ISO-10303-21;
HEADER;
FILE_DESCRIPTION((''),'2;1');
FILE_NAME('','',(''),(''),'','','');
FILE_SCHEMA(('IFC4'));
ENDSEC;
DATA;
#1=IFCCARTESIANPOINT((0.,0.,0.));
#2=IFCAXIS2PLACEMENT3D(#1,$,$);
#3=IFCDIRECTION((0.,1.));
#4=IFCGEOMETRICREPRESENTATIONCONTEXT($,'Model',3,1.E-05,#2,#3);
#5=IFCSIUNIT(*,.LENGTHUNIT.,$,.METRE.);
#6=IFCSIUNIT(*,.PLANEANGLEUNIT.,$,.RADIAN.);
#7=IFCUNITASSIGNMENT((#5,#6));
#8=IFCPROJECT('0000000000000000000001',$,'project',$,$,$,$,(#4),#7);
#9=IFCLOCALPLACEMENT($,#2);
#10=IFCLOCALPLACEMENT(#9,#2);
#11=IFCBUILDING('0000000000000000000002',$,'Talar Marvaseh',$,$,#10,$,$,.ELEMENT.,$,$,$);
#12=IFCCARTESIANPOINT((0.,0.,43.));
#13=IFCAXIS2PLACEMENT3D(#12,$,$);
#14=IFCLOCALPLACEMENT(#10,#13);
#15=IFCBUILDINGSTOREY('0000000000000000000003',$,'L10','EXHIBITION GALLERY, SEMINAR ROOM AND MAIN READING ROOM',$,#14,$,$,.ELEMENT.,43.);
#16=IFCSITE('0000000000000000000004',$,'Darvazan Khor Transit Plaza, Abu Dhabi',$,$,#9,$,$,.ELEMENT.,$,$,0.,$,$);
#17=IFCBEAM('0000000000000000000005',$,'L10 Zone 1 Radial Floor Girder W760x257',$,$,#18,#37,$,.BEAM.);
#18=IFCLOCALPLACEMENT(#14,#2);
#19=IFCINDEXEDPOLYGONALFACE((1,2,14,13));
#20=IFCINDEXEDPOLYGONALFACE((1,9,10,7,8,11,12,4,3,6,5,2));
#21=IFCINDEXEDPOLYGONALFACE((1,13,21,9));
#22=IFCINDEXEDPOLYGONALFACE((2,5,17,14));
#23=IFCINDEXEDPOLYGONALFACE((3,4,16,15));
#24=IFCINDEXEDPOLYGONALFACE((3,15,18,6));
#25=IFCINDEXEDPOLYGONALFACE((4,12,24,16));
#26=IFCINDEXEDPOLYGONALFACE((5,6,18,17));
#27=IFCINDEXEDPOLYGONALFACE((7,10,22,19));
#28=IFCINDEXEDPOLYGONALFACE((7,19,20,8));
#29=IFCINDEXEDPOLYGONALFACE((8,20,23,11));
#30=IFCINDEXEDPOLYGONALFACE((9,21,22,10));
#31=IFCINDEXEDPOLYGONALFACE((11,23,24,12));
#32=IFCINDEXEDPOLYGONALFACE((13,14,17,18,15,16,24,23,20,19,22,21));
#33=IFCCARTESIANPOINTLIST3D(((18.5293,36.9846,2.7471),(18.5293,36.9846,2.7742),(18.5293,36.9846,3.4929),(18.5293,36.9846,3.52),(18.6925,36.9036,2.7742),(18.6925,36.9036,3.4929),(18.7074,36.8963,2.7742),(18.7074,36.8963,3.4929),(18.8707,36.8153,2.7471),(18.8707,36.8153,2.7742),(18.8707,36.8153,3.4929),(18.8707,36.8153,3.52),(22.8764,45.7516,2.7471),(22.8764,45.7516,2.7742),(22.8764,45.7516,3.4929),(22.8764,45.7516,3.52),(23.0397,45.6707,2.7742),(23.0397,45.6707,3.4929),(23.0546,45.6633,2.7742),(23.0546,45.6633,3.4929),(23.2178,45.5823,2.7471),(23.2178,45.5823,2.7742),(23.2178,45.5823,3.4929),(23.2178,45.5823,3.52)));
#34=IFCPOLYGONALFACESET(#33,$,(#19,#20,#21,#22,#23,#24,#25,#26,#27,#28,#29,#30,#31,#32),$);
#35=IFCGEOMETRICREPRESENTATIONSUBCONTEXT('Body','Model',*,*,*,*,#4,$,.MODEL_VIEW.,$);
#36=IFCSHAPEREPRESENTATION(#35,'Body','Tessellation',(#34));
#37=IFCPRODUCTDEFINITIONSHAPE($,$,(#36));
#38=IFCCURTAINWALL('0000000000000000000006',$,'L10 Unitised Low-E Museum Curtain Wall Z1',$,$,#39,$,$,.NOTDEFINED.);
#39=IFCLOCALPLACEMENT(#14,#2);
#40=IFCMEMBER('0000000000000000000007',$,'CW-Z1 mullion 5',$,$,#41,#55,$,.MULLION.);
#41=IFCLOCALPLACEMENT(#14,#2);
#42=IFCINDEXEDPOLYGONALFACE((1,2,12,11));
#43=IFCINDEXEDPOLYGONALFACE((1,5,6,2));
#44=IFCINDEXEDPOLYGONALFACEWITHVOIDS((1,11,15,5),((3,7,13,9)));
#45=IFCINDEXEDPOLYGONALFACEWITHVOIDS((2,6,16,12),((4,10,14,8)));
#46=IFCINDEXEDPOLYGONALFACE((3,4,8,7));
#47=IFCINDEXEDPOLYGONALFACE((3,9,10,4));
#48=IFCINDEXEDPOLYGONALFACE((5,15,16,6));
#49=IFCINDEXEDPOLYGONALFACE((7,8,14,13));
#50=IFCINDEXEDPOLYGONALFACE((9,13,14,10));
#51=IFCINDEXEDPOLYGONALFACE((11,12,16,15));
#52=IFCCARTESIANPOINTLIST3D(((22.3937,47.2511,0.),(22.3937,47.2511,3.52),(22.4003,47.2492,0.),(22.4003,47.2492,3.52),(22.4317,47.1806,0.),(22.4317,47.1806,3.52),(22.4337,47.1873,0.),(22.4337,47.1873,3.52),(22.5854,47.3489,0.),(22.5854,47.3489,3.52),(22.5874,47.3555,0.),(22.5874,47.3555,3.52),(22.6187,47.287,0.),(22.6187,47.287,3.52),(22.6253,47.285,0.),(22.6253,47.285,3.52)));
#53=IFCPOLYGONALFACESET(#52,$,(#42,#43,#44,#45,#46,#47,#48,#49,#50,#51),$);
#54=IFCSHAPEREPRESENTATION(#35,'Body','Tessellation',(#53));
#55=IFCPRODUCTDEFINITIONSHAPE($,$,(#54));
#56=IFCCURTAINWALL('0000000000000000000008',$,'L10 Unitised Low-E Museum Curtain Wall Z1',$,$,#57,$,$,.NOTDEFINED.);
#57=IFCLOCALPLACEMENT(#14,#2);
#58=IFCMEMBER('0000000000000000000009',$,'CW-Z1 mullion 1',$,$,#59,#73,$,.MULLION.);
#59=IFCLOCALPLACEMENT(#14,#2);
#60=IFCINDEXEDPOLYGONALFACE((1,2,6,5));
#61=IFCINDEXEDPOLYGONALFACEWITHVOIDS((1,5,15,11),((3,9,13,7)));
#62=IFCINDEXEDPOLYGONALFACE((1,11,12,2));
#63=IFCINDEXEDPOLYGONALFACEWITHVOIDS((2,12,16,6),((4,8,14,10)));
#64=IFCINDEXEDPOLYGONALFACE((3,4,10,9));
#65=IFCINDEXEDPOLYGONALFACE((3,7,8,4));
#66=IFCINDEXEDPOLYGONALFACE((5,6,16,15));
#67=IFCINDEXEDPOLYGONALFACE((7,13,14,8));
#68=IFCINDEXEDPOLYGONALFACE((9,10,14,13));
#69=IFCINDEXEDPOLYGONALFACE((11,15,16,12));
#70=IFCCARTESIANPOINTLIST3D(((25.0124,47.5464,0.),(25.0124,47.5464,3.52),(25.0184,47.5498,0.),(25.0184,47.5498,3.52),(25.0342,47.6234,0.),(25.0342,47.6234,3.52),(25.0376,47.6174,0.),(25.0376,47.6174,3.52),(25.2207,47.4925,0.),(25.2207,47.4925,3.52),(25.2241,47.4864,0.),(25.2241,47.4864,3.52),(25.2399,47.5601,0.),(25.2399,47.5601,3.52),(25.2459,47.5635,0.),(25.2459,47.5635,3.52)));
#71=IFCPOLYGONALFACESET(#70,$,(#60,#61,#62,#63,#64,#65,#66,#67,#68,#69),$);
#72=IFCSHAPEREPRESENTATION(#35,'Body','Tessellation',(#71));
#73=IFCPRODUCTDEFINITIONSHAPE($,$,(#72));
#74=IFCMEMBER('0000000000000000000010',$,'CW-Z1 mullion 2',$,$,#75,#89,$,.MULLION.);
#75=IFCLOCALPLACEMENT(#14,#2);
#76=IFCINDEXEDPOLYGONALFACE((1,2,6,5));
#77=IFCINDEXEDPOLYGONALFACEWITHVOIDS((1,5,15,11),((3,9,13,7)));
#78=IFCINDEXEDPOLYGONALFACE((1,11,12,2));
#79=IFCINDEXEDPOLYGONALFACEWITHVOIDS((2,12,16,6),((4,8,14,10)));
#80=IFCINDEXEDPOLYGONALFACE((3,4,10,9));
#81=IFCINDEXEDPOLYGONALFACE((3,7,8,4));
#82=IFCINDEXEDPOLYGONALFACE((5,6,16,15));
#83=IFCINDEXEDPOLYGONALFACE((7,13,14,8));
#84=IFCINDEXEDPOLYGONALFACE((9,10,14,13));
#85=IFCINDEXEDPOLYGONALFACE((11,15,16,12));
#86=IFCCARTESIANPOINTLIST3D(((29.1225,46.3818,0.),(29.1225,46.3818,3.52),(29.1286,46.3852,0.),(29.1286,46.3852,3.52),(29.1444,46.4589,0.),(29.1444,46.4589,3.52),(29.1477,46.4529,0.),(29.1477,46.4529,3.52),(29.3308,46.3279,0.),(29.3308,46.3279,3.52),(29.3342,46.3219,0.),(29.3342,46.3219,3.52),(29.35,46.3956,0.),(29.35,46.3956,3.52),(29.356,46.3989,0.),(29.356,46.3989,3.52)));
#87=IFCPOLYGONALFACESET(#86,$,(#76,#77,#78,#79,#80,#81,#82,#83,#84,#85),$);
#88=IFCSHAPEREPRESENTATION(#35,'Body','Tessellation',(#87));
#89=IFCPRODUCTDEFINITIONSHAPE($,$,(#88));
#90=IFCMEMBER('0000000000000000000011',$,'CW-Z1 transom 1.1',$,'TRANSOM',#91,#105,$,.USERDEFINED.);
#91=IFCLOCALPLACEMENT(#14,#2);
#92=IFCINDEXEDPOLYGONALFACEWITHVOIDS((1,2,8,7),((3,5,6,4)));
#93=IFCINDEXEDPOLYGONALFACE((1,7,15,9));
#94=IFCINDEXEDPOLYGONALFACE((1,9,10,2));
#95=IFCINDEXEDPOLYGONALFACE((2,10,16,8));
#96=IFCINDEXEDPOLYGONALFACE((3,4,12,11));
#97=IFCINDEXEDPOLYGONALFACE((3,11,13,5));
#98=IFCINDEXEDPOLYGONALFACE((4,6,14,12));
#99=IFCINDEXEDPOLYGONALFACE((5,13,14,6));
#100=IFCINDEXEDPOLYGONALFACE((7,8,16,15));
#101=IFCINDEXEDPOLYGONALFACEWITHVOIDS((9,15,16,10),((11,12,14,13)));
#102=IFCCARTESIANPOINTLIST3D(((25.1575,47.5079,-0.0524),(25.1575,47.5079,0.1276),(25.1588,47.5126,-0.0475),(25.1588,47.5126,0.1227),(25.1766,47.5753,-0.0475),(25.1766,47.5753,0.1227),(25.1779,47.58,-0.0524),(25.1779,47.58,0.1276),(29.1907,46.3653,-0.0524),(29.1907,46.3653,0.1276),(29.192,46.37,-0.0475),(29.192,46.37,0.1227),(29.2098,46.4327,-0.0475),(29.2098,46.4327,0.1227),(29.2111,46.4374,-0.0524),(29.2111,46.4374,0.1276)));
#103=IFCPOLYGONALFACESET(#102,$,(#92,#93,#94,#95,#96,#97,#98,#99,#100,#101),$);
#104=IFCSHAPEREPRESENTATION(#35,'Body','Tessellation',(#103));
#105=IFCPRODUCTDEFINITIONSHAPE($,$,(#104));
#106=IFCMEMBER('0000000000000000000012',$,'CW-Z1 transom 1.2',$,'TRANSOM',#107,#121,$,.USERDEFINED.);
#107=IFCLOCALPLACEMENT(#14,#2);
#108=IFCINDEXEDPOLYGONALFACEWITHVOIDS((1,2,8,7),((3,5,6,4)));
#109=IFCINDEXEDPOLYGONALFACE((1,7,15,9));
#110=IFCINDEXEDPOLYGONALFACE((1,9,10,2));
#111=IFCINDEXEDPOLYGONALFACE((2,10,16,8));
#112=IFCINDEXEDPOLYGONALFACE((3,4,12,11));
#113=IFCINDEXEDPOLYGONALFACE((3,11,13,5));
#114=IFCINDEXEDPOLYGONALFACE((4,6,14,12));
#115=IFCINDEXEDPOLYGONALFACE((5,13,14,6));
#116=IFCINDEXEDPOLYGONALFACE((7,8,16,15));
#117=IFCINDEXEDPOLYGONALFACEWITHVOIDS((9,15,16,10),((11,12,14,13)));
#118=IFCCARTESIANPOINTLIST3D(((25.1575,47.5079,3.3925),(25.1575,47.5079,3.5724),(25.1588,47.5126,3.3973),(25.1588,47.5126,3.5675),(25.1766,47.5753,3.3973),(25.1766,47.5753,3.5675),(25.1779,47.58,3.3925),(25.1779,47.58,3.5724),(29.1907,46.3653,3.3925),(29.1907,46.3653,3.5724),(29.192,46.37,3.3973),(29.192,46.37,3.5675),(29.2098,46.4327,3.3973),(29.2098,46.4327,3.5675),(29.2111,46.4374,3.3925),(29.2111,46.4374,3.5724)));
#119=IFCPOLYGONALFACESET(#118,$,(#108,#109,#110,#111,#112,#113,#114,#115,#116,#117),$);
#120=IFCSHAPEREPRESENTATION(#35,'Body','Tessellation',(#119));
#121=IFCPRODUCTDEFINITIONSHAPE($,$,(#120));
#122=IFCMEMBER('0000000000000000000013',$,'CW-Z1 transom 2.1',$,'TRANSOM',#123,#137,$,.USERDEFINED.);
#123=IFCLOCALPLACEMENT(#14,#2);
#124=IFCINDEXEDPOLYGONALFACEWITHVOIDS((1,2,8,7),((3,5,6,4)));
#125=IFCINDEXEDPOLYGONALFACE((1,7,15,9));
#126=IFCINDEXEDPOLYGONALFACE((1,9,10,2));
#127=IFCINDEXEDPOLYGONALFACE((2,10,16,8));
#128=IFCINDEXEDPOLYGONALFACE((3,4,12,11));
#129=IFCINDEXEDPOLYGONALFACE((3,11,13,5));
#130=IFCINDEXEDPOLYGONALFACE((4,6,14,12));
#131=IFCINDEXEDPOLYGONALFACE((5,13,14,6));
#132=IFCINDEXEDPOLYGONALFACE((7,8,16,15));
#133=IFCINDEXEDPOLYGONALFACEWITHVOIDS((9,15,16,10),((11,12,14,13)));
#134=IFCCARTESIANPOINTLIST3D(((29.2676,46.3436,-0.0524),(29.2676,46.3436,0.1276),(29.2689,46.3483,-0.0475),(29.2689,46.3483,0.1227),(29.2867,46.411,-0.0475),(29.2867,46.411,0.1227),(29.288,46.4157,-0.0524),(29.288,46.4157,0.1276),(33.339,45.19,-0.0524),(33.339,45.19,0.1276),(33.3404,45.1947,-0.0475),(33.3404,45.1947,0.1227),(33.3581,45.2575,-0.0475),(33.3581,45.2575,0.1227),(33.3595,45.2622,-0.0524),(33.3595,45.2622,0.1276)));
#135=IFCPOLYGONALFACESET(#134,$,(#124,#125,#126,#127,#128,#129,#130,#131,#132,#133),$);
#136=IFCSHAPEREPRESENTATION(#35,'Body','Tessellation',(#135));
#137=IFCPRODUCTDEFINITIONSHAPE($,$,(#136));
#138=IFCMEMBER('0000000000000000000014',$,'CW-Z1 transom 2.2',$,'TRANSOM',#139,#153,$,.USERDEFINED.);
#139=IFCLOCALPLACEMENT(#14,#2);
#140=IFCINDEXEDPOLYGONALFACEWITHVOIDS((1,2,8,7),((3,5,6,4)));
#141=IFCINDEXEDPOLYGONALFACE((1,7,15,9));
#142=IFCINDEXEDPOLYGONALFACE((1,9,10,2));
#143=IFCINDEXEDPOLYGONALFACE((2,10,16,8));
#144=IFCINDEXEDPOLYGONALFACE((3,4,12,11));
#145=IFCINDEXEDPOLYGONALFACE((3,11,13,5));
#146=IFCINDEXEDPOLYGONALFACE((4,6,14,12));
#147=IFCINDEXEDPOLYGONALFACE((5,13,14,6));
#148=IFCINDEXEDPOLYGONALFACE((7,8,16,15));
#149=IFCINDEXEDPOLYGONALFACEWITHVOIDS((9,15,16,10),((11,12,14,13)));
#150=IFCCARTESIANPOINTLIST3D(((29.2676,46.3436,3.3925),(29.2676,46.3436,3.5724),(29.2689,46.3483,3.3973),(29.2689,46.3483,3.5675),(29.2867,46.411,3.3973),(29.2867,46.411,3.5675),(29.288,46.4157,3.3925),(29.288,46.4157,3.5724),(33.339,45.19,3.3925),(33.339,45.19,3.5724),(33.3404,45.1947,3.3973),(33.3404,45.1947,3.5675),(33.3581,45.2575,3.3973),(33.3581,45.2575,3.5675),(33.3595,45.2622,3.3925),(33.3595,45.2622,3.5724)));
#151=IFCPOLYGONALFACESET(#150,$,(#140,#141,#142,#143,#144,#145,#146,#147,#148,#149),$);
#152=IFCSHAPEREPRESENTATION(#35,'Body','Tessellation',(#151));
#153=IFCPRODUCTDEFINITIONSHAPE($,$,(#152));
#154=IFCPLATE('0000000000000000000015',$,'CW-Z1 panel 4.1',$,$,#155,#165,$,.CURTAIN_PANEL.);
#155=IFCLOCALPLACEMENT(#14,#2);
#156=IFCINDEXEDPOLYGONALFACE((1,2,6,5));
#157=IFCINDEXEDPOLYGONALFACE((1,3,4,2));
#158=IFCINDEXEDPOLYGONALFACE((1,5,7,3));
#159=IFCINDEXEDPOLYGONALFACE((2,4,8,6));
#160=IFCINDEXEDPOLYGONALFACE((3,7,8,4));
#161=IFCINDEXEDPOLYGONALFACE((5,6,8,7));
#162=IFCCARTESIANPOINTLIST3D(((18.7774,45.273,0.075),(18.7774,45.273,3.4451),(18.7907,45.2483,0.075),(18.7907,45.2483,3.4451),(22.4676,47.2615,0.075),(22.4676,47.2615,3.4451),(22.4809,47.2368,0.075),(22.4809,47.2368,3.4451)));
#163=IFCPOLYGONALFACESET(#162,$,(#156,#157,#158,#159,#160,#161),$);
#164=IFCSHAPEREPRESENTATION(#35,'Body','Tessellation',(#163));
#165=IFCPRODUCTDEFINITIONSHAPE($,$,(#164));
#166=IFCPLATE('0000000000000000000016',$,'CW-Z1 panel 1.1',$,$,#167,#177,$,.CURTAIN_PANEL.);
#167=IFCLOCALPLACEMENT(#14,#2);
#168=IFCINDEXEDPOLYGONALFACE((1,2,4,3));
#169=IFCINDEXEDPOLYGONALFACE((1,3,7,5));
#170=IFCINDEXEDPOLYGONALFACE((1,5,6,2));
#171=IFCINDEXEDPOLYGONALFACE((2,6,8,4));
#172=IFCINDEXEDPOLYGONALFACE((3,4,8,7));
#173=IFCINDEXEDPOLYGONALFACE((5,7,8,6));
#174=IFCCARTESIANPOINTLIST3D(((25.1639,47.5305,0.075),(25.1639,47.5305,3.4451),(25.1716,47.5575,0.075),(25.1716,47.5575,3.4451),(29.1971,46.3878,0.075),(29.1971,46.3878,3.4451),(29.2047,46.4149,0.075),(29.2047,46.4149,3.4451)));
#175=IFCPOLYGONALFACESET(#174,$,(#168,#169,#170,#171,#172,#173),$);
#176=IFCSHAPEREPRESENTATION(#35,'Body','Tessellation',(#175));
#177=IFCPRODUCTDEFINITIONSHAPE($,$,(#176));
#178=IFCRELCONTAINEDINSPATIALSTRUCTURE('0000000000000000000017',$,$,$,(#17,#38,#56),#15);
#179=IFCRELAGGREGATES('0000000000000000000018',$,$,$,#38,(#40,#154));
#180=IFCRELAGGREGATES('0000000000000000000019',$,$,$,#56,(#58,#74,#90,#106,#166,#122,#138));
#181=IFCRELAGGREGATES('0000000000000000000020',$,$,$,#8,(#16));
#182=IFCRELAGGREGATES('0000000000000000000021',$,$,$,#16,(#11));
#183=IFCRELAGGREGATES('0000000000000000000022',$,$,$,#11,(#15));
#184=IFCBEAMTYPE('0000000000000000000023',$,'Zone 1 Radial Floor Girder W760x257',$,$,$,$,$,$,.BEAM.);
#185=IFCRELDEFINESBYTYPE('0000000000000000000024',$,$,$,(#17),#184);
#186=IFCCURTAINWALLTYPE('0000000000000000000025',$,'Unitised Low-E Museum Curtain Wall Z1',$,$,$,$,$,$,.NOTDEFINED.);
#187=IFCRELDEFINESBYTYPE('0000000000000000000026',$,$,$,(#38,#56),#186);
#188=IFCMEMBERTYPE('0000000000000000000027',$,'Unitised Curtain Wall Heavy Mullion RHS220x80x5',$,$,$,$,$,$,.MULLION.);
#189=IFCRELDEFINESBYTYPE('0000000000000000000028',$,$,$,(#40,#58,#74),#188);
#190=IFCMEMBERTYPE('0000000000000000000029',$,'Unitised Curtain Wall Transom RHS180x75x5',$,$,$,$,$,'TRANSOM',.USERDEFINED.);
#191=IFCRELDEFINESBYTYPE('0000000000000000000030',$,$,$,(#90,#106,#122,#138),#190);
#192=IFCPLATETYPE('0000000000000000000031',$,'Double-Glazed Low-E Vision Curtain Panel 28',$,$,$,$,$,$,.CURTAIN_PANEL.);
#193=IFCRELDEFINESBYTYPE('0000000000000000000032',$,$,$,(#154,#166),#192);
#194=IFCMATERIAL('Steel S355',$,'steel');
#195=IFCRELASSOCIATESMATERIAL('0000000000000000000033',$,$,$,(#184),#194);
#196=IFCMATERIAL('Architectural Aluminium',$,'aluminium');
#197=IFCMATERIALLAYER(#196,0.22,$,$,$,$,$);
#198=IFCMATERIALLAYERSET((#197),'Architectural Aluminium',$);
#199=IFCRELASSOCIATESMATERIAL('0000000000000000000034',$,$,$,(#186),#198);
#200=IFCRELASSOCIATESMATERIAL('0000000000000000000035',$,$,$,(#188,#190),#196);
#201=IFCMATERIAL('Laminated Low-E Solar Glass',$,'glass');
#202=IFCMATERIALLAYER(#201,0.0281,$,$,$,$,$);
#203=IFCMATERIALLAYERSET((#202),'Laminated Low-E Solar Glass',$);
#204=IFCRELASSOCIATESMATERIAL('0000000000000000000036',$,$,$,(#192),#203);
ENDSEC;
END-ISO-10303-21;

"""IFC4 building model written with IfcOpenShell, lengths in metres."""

from ifc_helpers import new_model, si_unit, direction, frame, origin, origin_2d, place, context, subcontext, project, spatial, rectangle, hollow_rectangle, i_section, extrude, source, transform, mapped, material, layer, layer_set, material_profile, profile_set, type_object, type_shapes, element, aggregate, save


model = new_model("IFC4")

# Units and contexts
model_context = context("Model", 3, precision=1e-05, world=origin(), true_north=direction((0.0, 1.0)))
body_context = subcontext(model_context, "Body", "Model", "MODEL_VIEW")
ifc_project = project(units=[si_unit("LENGTHUNIT", "METRE"), si_unit("PLANEANGLEUNIT", "RADIAN")], contexts=[model_context])

# Site, building, storey
site_placement = place(None, origin())
site = spatial("IfcSite", under=ifc_project, at=site_placement, Name="Darvazan Khor Transit Plaza, Abu Dhabi", CompositionType="ELEMENT", RefElevation=0.0)
building_placement = place(site_placement, origin())
building = spatial("IfcBuilding", under=site, at=building_placement, Name="Talar Marvaseh", CompositionType="ELEMENT")
storey_placement = place(building_placement, frame((0.0, 0.0, 43.0)))
storey = spatial("IfcBuildingStorey", under=building, at=storey_placement, Name="L10", Description="EXHIBITION GALLERY, SEMINAR ROOM AND MAIN READING ROOM", CompositionType="ELEMENT", Elevation=43.0)

# Beam
ifc_material_1 = material(Name="Steel S355", Category="steel")
ifc_material_profile_1 = material_profile(ifc_material_1, i_section(OverallWidth=0.3811, OverallDepth=0.7729, WebThickness=0.0166, FlangeThickness=0.0271, at=origin_2d()), Name="W760x257")
ifc_profile_set_1 = profile_set([ifc_material_profile_1], Name="Steel S355")
beam_type = type_object("IfcBeamType", Name="Zone 1 Radial Floor Girder W760x257", PredefinedType="BEAM", material=ifc_profile_set_1)
beam_placement = place(storey_placement, frame((23.0471, 45.667, 3.1335), z_axis=(-0.444237, -0.895909, 0.0), x_axis=(0.895909, -0.444237, 0.0)))
element("IfcBeam", 1, at=beam_placement, inside=storey, type_object=beam_type, Name="L10 Zone 1 Radial Floor Girder W760x257", PredefinedType="BEAM", context=body_context, shape_type="SweptSolid", body=[
    extrude(i_section(OverallWidth=0.3811, OverallDepth=0.7729, WebThickness=0.0166, FlangeThickness=0.0271, at=origin_2d()), origin(), (0.0, 0.0, 1.0), 9.7856),
])

# Curtain wall, member
ifc_material_2 = material(Name="Architectural Aluminium", Category="aluminium")
ifc_layer_1 = layer(ifc_material_2, 0.22)
ifc_layer_set_1 = layer_set([ifc_layer_1], Name="Architectural Aluminium")
curtain_wall_type = type_object("IfcCurtainWallType", Name="Unitised Low-E Museum Curtain Wall Z1", PredefinedType="NOTDEFINED", material=ifc_layer_set_1)
curtain_wall_1_placement = place(storey_placement, origin())
curtain_wall_1 = element("IfcCurtainWall", 2, at=curtain_wall_1_placement, inside=storey, type_object=curtain_wall_type, Name="L10 Unitised Low-E Museum Curtain Wall Z1", PredefinedType="NOTDEFINED")
ifc_material_profile_2 = material_profile(ifc_material_2, hollow_rectangle(XDim=0.0801, YDim=0.22, WallThickness=0.0049, at=origin_2d()), Name="RHS220x80x5")
ifc_profile_set_2 = profile_set([ifc_material_profile_2], Name="Architectural Aluminium")
member_type_1 = type_object("IfcMemberType", Name="Unitised Curtain Wall Heavy Mullion RHS220x80x5", PredefinedType="MULLION", material=ifc_profile_set_2)
shared_shape_1 = source(origin(), body_context, "Body", "SweptSolid", [
    extrude(hollow_rectangle(XDim=0.0801, YDim=0.22, WallThickness=0.0049, at=origin_2d()), origin(), (0.0, 0.0, 1.0), 3.52),
])
type_shapes(member_type_1, [shared_shape_1])
member_1_placement = place(storey_placement, frame((22.5095, 47.2681, 0.0), z_axis=(0.0, 0.0, 1.0), x_axis=(-0.474364, 0.880329, 0.0)))
member_1 = element("IfcMember", 3, at=member_1_placement, type_object=member_type_1, Name="CW-Z1 mullion 5", PredefinedType="MULLION", context=body_context, shape_type="MappedRepresentation", body=[
    mapped(shared_shape_1, transform((0.0, 0.0, 0.0), x_axis=(1.0, 0.0, 0.0), y_axis=(0.0, 1.0, 0.0), z_axis=(0.0, 0.0, 1.0), scale=1.0)),
])

# Curtain wall, members
curtain_wall_2_placement = place(storey_placement, origin())
curtain_wall_2 = element("IfcCurtainWall", 4, at=curtain_wall_2_placement, inside=storey, type_object=curtain_wall_type, Name="L10 Unitised Low-E Museum Curtain Wall Z1", PredefinedType="NOTDEFINED")
member_2_placement = place(storey_placement, frame((25.1292, 47.5549, 0.0), z_axis=(0.0, 0.0, 1.0), x_axis=(0.272579, 0.962134, 0.0)))
member_2 = element("IfcMember", 5, at=member_2_placement, type_object=member_type_1, Name="CW-Z1 mullion 1", PredefinedType="MULLION", context=body_context, shape_type="MappedRepresentation", body=[
    mapped(shared_shape_1, transform((0.0, 0.0, 0.0), x_axis=(1.0, 0.0, 0.0), y_axis=(0.0, 1.0, 0.0), z_axis=(0.0, 0.0, 1.0), scale=1.0)),
])
member_3_placement = place(storey_placement, frame((29.2393, 46.3904, 0.0), z_axis=(0.0, 0.0, 1.0), x_axis=(0.272579, 0.962134, 0.0)))
member_3 = element("IfcMember", 6, at=member_3_placement, type_object=member_type_1, Name="CW-Z1 mullion 2", PredefinedType="MULLION", context=body_context, shape_type="MappedRepresentation", body=[
    mapped(shared_shape_1, transform((0.0, 0.0, 0.0), x_axis=(1.0, 0.0, 0.0), y_axis=(0.0, 1.0, 0.0), z_axis=(0.0, 0.0, 1.0), scale=1.0)),
])
ifc_material_profile_3 = material_profile(ifc_material_2, hollow_rectangle(XDim=0.075, YDim=0.1799, WallThickness=0.0049, at=origin_2d()), Name="RHS180x75x5")
ifc_profile_set_3 = profile_set([ifc_material_profile_3], Name="Architectural Aluminium")
member_type_2 = type_object("IfcMemberType", Name="Unitised Curtain Wall Transom RHS180x75x5", ElementType="TRANSOM", PredefinedType="USERDEFINED", material=ifc_profile_set_3)
shared_shape_2 = source(origin(), body_context, "Body", "SweptSolid", [
    extrude(hollow_rectangle(XDim=0.075, YDim=0.1799, WallThickness=0.0049, at=origin_2d()), origin(), (0.0, 0.0, 1.0), 4.1919),
])
member_4_placement = place(storey_placement, frame((25.1677, 47.5439, 0.0376), z_axis=(0.962137, -0.272567, 0.0), x_axis=(0.272567, 0.962137, 0.0)))
member_4 = element("IfcMember", 7, at=member_4_placement, type_object=member_type_2, Name="CW-Z1 transom 1.1", ObjectType="TRANSOM", PredefinedType="USERDEFINED", context=body_context, shape_type="MappedRepresentation", body=[
    mapped(shared_shape_2, transform((0.0, 0.0, 0.0), x_axis=(1.0, 0.0, 0.0), y_axis=(0.0, 1.0, 0.0), z_axis=(0.0, 0.0, 1.0), scale=1.0)),
])
member_5_placement = place(storey_placement, frame((25.1677, 47.5439, 3.4824), z_axis=(0.962137, -0.272567, 0.0), x_axis=(0.272567, 0.962137, 0.0)))
member_5 = element("IfcMember", 8, at=member_5_placement, type_object=member_type_2, Name="CW-Z1 transom 1.2", ObjectType="TRANSOM", PredefinedType="USERDEFINED", context=body_context, shape_type="MappedRepresentation", body=[
    mapped(shared_shape_2, transform((0.0, 0.0, 0.0), x_axis=(1.0, 0.0, 0.0), y_axis=(0.0, 1.0, 0.0), z_axis=(0.0, 0.0, 1.0), scale=1.0)),
])
shared_shape_3 = source(origin(), body_context, "Body", "SweptSolid", [
    extrude(hollow_rectangle(XDim=0.075, YDim=0.1799, WallThickness=0.0049, at=origin_2d()), origin(), (0.0, 0.0, 1.0), 4.2317),
])
type_shapes(member_type_2, [shared_shape_2, shared_shape_3])
member_6_placement = place(storey_placement, frame((29.2778, 46.3796, 0.0376), z_axis=(0.962129, -0.272595, 0.0), x_axis=(0.272595, 0.962129, 0.0)))
member_6 = element("IfcMember", 9, at=member_6_placement, type_object=member_type_2, Name="CW-Z1 transom 2.1", ObjectType="TRANSOM", PredefinedType="USERDEFINED", context=body_context, shape_type="MappedRepresentation", body=[
    mapped(shared_shape_3, transform((0.0, 0.0, 0.0), x_axis=(1.0, 0.0, 0.0), y_axis=(0.0, 1.0, 0.0), z_axis=(0.0, 0.0, 1.0), scale=1.0)),
])
member_7_placement = place(storey_placement, frame((29.2778, 46.3796, 3.4824), z_axis=(0.962129, -0.272595, 0.0), x_axis=(0.272595, 0.962129, 0.0)))
member_7 = element("IfcMember", 10, at=member_7_placement, type_object=member_type_2, Name="CW-Z1 transom 2.2", ObjectType="TRANSOM", PredefinedType="USERDEFINED", context=body_context, shape_type="MappedRepresentation", body=[
    mapped(shared_shape_3, transform((0.0, 0.0, 0.0), x_axis=(1.0, 0.0, 0.0), y_axis=(0.0, 1.0, 0.0), z_axis=(0.0, 0.0, 1.0), scale=1.0)),
])

# Plates
ifc_material_3 = material(Name="Laminated Low-E Solar Glass", Category="glass")
ifc_layer_2 = layer(ifc_material_3, 0.0281)
ifc_layer_set_2 = layer_set([ifc_layer_2], Name="Laminated Low-E Solar Glass")
plate_type = type_object("IfcPlateType", Name="Double-Glazed Low-E Vision Curtain Panel 28", PredefinedType="CURTAIN_PANEL", material=ifc_layer_set_2)
shared_shape_4 = source(origin(), body_context, "Body", "SweptSolid", [
    extrude(rectangle(XDim=4.1919, YDim=0.0281, at=origin_2d()), origin(), (0.0, 0.0, 1.0), 3.3701),
])
plate_1_placement = place(storey_placement, frame((20.6292, 46.2549, 0.075), z_axis=(0.0, 0.0, 1.0), x_axis=(0.880329, 0.474364, 0.0)))
plate_1 = element("IfcPlate", 11, at=plate_1_placement, type_object=plate_type, Name="CW-Z1 panel 4.1", PredefinedType="CURTAIN_PANEL", context=body_context, shape_type="MappedRepresentation", body=[
    mapped(shared_shape_4, transform((0.0, 0.0, 0.0), x_axis=(1.0, 0.0, 0.0), y_axis=(0.0, 1.0, 0.0), z_axis=(0.0, 0.0, 1.0), scale=1.0)),
])
aggregate(curtain_wall_1, [member_1, plate_1])
plate_2_placement = place(storey_placement, frame((27.1843, 46.9727, 0.075), z_axis=(0.0, 0.0, 1.0), x_axis=(0.962134, -0.272579, 0.0)))
plate_2 = element("IfcPlate", 12, at=plate_2_placement, type_object=plate_type, Name="CW-Z1 panel 1.1", PredefinedType="CURTAIN_PANEL", context=body_context, shape_type="MappedRepresentation", body=[
    mapped(shared_shape_4, transform((0.0, 0.0, 0.0), x_axis=(1.0, 0.0, 0.0), y_axis=(0.0, 1.0, 0.0), z_axis=(0.0, 0.0, 1.0), scale=1.0)),
])
aggregate(curtain_wall_2, [member_2, member_3, member_4, member_5, plate_2, member_6, member_7])

save(model, "model.ifc")
